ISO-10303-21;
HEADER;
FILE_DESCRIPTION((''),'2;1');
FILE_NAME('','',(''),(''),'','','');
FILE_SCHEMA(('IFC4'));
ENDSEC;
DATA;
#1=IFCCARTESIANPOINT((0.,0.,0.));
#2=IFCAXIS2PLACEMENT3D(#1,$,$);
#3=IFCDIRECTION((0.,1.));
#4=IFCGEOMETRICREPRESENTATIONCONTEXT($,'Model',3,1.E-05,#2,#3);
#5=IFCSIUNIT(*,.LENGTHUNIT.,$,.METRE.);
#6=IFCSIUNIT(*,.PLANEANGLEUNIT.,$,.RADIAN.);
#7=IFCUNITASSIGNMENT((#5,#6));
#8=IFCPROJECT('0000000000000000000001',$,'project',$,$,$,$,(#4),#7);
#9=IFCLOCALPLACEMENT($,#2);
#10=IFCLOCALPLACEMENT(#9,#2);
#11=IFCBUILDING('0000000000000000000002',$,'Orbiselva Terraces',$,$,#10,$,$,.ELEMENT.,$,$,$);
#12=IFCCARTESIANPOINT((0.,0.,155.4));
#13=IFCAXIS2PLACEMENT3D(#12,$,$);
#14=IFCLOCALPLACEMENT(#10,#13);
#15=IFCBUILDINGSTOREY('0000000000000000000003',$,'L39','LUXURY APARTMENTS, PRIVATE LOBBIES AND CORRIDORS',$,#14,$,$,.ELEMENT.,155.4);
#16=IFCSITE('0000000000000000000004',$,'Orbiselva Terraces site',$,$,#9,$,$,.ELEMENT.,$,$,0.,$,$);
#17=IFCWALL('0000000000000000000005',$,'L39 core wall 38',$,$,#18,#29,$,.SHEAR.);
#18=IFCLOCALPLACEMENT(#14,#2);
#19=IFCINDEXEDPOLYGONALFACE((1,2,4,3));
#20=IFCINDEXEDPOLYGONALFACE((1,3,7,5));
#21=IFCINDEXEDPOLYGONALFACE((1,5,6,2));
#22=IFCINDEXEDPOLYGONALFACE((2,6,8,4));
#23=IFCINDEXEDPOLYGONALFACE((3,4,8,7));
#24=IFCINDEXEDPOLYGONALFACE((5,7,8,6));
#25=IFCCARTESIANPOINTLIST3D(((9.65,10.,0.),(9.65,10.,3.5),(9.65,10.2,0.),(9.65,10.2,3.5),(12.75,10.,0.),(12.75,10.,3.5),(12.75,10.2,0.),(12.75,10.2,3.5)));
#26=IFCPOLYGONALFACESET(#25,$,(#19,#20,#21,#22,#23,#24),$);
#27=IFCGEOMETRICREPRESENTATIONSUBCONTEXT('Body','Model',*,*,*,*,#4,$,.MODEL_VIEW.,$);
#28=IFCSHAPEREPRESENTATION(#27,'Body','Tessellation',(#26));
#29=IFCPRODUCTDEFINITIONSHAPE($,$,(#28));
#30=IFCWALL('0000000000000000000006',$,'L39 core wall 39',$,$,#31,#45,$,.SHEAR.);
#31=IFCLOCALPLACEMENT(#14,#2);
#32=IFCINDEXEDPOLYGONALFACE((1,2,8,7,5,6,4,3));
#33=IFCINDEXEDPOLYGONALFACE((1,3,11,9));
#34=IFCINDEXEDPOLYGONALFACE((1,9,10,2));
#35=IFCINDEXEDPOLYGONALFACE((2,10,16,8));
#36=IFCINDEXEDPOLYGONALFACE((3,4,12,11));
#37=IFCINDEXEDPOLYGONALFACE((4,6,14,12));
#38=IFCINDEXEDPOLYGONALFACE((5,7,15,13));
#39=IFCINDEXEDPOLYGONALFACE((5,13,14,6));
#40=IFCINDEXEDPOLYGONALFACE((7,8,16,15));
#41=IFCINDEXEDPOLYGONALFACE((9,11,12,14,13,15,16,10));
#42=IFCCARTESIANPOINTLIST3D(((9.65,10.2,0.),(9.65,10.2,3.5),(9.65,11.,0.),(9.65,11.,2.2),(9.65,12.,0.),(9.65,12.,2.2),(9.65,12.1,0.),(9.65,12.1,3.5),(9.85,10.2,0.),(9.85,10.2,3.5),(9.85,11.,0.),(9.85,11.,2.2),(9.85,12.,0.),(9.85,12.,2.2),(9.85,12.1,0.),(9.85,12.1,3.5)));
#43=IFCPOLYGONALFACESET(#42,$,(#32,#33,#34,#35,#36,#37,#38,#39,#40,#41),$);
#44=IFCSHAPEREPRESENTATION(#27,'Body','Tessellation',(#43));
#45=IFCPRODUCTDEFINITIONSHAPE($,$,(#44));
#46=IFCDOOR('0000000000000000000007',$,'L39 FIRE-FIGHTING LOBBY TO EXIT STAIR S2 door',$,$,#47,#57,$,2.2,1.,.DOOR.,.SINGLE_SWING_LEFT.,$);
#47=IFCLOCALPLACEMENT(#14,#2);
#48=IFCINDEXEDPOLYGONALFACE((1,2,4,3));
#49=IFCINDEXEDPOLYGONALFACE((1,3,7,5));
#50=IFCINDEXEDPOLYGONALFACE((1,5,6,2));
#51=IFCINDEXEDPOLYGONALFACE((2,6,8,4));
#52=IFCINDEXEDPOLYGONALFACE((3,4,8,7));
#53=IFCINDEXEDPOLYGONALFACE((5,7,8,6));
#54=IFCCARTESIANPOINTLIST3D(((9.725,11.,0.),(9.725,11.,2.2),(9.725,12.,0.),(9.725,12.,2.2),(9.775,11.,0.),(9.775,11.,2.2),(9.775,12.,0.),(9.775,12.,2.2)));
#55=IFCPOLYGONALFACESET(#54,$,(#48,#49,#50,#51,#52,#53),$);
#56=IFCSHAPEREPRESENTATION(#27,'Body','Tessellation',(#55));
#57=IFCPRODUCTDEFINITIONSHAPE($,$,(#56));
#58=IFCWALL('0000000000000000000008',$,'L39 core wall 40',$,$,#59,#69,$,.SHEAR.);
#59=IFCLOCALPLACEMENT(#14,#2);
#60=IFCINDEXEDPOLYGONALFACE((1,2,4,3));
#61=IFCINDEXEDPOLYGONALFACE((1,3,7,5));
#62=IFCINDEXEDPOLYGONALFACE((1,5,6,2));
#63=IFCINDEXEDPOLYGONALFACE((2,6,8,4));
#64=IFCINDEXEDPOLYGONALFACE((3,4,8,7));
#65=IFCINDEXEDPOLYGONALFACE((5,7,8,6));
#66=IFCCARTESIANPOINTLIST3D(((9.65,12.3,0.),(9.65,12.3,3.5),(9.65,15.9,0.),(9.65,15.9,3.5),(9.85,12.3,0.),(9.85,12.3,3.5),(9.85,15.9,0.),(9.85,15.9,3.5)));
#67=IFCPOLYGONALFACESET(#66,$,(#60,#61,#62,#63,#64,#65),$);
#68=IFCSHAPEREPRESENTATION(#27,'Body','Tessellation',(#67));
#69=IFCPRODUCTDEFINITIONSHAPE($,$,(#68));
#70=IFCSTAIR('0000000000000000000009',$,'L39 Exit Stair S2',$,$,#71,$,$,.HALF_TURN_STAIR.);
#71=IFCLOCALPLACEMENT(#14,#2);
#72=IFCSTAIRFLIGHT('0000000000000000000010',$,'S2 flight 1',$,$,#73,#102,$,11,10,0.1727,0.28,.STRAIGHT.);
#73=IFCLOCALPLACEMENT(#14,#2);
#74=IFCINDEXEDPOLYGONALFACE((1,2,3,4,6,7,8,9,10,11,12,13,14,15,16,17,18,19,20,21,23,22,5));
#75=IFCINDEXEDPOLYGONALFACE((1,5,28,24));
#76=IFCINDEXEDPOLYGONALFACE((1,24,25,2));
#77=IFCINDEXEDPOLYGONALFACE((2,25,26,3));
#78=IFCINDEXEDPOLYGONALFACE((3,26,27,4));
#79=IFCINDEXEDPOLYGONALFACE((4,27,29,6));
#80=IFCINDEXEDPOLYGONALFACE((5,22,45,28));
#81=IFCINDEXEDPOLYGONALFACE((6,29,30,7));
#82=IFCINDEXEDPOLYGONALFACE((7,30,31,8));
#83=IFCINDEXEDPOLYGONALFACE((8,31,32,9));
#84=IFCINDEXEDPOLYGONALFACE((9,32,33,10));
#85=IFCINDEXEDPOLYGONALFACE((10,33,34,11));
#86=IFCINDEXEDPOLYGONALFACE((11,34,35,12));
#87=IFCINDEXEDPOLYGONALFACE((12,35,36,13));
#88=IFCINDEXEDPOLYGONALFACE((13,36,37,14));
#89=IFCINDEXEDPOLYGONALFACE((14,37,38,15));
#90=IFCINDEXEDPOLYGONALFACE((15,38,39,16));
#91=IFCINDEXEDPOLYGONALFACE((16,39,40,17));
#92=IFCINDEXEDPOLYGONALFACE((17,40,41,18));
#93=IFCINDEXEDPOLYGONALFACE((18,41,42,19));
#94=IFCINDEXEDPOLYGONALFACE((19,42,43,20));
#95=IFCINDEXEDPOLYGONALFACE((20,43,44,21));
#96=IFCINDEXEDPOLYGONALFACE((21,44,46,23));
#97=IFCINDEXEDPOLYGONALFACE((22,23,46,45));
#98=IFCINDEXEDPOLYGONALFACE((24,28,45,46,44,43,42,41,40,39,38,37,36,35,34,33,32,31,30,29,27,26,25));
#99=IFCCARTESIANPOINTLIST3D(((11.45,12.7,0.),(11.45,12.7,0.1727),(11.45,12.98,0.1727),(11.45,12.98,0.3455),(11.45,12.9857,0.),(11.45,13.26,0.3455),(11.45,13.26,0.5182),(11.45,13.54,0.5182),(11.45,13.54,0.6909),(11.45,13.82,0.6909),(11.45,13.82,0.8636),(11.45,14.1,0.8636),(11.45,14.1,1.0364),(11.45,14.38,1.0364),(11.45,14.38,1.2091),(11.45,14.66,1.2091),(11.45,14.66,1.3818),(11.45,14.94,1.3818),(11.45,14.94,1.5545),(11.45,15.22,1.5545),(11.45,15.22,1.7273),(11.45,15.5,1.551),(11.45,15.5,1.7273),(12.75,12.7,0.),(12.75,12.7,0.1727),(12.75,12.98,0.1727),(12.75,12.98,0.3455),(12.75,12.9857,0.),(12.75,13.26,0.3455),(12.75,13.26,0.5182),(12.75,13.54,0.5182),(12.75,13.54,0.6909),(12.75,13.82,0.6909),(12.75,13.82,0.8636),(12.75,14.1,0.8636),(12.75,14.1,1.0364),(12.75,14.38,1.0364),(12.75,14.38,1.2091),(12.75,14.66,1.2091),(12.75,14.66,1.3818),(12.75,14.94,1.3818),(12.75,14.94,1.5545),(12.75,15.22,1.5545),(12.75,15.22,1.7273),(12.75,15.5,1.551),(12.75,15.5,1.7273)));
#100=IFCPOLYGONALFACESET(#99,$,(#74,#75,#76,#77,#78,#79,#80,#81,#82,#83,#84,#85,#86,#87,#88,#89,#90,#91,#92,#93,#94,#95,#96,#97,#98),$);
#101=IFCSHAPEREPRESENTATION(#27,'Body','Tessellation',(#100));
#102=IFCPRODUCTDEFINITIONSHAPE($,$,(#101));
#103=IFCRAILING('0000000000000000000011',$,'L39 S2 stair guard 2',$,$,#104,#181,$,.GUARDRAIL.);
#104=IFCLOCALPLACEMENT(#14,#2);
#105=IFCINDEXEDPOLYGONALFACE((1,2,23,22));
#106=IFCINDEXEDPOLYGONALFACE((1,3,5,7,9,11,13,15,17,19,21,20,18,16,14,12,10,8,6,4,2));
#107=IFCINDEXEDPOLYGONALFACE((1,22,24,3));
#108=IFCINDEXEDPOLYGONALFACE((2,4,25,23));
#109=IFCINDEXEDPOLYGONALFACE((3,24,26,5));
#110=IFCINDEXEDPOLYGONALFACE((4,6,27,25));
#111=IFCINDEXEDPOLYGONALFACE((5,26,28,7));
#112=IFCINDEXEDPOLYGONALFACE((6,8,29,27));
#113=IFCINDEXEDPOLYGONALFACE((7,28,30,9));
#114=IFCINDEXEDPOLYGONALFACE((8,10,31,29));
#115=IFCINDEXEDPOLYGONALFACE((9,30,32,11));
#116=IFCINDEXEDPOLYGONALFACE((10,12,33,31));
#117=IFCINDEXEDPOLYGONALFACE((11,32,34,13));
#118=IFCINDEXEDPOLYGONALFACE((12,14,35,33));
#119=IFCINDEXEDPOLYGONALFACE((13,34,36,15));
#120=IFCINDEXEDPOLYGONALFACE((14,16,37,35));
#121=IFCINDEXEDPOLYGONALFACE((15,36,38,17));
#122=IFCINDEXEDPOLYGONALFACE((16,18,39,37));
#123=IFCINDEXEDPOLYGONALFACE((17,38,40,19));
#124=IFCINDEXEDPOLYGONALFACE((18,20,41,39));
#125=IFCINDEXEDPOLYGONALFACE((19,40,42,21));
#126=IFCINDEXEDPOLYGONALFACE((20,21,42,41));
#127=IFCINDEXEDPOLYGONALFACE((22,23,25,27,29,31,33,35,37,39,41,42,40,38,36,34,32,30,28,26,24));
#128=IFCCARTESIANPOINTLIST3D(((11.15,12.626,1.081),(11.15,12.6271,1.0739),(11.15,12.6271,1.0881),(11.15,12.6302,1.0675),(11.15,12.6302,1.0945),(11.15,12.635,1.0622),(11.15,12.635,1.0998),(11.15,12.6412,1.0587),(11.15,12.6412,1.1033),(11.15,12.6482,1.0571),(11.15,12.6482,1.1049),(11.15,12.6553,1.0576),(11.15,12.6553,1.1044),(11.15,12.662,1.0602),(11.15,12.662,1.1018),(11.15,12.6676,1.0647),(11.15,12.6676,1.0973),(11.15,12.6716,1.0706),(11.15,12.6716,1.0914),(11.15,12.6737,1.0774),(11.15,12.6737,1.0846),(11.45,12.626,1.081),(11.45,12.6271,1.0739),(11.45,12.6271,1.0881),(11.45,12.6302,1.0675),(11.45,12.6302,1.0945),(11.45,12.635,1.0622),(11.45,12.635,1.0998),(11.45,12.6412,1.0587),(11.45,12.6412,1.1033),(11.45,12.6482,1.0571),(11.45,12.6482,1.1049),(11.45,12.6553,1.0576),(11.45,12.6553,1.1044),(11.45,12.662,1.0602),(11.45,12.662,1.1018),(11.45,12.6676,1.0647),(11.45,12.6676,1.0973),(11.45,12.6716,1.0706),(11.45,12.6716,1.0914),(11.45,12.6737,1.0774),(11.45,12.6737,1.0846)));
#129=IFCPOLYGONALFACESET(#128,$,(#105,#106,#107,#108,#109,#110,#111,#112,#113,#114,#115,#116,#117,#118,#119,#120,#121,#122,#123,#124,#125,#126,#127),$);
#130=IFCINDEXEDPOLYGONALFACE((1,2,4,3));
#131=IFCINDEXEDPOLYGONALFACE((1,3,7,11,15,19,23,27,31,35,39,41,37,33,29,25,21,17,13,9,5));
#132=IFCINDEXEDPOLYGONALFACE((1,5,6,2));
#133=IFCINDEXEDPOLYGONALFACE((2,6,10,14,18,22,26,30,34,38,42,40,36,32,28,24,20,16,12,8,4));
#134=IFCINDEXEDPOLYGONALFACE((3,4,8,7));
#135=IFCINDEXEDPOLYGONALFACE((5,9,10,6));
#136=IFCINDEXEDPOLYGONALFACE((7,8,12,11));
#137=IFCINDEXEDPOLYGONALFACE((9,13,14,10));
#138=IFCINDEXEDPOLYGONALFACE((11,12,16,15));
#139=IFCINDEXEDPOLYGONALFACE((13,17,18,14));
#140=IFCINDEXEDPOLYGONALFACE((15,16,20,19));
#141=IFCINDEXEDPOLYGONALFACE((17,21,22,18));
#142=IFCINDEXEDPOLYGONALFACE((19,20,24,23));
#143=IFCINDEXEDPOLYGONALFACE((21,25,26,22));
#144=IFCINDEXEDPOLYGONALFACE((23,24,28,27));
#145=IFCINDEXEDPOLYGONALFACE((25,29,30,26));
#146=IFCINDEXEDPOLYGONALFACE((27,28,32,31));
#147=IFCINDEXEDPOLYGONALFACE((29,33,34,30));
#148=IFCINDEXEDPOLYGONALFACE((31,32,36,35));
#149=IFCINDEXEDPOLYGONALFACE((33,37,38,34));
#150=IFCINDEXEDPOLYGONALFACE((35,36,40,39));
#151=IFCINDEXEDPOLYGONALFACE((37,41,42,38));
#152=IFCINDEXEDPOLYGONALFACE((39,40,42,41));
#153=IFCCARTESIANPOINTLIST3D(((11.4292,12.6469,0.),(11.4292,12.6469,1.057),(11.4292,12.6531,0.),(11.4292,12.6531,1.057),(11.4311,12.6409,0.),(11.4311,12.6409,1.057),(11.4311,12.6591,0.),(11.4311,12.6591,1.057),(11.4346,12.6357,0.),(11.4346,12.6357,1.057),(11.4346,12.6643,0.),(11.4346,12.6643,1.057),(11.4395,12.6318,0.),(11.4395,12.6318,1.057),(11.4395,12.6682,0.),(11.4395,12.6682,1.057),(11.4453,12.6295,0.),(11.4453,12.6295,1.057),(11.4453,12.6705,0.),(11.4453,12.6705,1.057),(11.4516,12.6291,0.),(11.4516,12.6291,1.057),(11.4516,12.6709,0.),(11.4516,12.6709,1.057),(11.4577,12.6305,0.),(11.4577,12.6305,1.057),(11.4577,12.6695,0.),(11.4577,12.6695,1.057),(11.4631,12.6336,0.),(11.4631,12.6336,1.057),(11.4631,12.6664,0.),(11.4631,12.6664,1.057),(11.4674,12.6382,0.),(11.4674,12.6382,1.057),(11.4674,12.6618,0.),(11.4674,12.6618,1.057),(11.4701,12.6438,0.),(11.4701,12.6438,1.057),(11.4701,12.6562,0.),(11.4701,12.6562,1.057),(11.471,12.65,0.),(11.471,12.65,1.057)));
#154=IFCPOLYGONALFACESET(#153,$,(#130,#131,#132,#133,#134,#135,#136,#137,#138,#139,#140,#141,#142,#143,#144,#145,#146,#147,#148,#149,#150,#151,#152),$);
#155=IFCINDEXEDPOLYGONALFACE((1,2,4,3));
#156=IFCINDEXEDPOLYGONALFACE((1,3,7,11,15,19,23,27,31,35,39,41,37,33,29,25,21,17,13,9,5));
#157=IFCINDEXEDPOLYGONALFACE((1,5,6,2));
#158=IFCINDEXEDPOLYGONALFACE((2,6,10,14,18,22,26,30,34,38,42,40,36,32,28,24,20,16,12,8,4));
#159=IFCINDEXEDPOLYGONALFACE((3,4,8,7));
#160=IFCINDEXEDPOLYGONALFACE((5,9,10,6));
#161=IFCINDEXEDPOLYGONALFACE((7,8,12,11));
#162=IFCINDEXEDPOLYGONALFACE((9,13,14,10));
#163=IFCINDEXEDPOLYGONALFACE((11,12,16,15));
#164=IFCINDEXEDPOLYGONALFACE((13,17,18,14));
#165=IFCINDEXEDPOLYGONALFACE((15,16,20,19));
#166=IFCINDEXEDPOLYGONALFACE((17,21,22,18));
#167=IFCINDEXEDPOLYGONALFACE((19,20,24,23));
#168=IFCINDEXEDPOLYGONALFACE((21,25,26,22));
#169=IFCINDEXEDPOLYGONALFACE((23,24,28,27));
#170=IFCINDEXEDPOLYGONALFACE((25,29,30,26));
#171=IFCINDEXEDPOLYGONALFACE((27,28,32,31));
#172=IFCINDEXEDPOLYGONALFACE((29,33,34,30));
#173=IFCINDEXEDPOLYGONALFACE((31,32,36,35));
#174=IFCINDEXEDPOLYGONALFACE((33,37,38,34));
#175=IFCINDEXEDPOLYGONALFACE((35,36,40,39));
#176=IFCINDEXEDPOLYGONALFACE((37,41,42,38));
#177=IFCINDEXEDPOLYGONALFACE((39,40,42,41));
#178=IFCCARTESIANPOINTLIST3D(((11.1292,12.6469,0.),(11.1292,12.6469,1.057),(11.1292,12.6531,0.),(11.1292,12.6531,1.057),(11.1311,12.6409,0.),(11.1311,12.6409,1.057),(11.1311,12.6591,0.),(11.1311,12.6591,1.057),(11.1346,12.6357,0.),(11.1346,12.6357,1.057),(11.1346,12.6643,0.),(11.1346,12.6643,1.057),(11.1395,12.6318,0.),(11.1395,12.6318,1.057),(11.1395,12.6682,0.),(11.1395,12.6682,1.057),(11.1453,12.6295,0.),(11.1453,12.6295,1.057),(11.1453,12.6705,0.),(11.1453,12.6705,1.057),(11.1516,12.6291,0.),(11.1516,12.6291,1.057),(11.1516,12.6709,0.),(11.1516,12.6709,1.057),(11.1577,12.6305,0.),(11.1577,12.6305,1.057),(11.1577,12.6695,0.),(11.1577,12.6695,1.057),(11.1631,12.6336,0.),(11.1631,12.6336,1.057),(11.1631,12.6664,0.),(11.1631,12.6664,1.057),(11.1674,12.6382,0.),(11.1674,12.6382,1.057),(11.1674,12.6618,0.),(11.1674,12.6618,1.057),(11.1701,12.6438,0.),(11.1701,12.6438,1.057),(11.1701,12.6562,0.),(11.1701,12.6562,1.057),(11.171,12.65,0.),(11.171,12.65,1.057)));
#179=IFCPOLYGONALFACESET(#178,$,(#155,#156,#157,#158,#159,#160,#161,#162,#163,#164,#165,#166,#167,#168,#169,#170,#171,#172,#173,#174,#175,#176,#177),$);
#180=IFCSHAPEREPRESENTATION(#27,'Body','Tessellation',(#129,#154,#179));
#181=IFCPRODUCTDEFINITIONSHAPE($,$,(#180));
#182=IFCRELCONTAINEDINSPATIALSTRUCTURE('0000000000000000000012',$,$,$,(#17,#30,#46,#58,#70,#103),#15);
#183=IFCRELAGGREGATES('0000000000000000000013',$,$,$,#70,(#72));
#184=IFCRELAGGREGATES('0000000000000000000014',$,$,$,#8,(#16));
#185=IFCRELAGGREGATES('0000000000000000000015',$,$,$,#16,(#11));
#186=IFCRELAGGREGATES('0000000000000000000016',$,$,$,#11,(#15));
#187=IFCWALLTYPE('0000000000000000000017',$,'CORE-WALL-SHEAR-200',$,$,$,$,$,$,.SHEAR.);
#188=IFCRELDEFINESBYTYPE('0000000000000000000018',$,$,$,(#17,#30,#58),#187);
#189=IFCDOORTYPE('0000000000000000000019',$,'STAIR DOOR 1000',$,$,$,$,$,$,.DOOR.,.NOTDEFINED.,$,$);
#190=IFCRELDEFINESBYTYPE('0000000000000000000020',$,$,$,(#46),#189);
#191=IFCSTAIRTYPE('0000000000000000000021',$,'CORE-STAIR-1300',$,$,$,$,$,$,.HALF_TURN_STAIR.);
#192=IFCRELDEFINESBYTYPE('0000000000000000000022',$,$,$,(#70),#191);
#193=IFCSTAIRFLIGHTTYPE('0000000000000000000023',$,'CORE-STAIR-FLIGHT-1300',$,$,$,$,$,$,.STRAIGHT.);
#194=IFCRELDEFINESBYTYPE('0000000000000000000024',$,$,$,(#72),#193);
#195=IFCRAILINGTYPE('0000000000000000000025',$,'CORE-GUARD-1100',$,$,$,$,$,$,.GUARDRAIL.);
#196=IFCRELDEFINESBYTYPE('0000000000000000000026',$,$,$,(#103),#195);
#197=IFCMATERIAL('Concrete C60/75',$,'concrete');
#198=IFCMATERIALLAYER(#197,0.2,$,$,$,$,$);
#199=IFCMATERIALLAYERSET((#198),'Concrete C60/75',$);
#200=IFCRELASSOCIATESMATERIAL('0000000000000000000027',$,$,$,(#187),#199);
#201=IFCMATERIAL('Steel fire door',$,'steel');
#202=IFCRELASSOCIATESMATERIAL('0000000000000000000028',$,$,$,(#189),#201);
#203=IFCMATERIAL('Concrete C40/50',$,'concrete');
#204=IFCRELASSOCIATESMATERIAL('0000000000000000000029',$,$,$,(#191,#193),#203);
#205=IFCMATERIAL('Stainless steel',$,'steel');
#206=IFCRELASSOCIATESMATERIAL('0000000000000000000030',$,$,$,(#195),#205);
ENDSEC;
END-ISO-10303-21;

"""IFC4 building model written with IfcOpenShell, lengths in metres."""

from ifc_helpers import new_model, si_unit, direction, frame, frame_2d, origin, origin_2d, place, context, subcontext, project, spatial, polyline, rectangle, circle, outline, extrude, material, layer, layer_set, type_object, element, fill, aggregate, save


model = new_model("IFC4")

# Units and contexts
model_context = context("Model", 3, precision=1e-05, world=origin(), true_north=direction((0.0, 1.0)))
body_context = subcontext(model_context, "Body", "Model", "MODEL_VIEW")
ifc_project = project(units=[si_unit("LENGTHUNIT", "METRE"), si_unit("PLANEANGLEUNIT", "RADIAN")], contexts=[model_context])

# Site, building, storey
site_placement = place(None, origin())
site = spatial("IfcSite", under=ifc_project, at=site_placement, Name="Orbiselva Terraces site", CompositionType="ELEMENT", RefElevation=0.0)
building_placement = place(site_placement, origin())
building = spatial("IfcBuilding", under=site, at=building_placement, Name="Orbiselva Terraces", CompositionType="ELEMENT")
storey_placement = place(building_placement, frame((0.0, 0.0, 155.4)))
storey = spatial("IfcBuildingStorey", under=building, at=storey_placement, Name="L39", Description="LUXURY APARTMENTS, PRIVATE LOBBIES AND CORRIDORS", CompositionType="ELEMENT", Elevation=155.4)

# Shared definitions
ifc_material_1 = material(Name="Steel fire door", Category="steel")

# Shared definitions
ifc_material_2 = material(Name="Concrete C60/75", Category="concrete")
ifc_layer_1 = layer(ifc_material_2, 0.2)
ifc_layer_set_1 = layer_set([ifc_layer_1], Name="Concrete C60/75")
wall_type_1 = type_object("IfcWallType", Name="CORE-WALL-SHEAR-200", PredefinedType="SHEAR", material=ifc_layer_set_1)

# Wall
wall_1_placement = place(storey_placement, frame((9.65, 10.1, 0.0), z_axis=(0.0, 0.0, 1.0), x_axis=(1.0, 0.0, 0.0)))
element("IfcWall", 1, at=wall_1_placement, inside=storey, type_object=wall_type_1, Name="L39 core wall 38", PredefinedType="SHEAR", context=body_context, shape_type="SweptSolid", body=[
    extrude(rectangle(XDim=3.1, YDim=0.2, at=frame_2d((1.55, 0.0))), origin(), (0.0, 0.0, 1.0), 3.5),
])

# Wall, opening, door
wall_2_placement = place(storey_placement, frame((9.75, 12.1, 0.0), z_axis=(0.0, 0.0, 1.0), x_axis=(0.0, -1.0, 0.0)))
wall_2 = element("IfcWall", 2, at=wall_2_placement, inside=storey, type_object=wall_type_1, Name="L39 core wall 39", PredefinedType="SHEAR", context=body_context, shape_type="SweptSolid", body=[
    extrude(rectangle(XDim=1.9, YDim=0.2, at=frame_2d((0.95, 0.0))), origin(), (0.0, 0.0, 1.0), 3.5),
])
opening_1_placement = place(wall_2_placement, frame((0.1, 0.0, 0.0)))
opening_1 = element("IfcOpeningElement", 3, at=opening_1_placement, cuts=wall_2, PredefinedType="OPENING", context=body_context, shape_type="SweptSolid", body=[
    extrude(rectangle(XDim=1.0, YDim=2.2, at=frame_2d((0.5, 1.1))), frame((0.0, 0.11, 0.0), z_axis=(0.0, -1.0, 0.0), x_axis=(1.0, 0.0, 0.0)), (0.0, 0.0, 1.0), 0.22),
])
door_type_1 = type_object("IfcDoorType", Name="STAIR DOOR 1000", OperationType="NOTDEFINED", PredefinedType="DOOR", material=ifc_material_1)
door_1_placement = place(opening_1_placement, origin())
door_1 = element("IfcDoor", 4, at=door_1_placement, inside=storey, type_object=door_type_1, Name="L39 FIRE-FIGHTING LOBBY TO EXIT STAIR S2 door", OperationType="SINGLE_SWING_LEFT", OverallHeight=2.2, OverallWidth=1.0, PredefinedType="DOOR", context=body_context, shape_type="SweptSolid", body=[
    extrude(rectangle(XDim=1.0, YDim=2.2, at=frame_2d((0.5, 1.1))), frame((0.0, 0.025, 0.0), z_axis=(0.0, -1.0, 0.0), x_axis=(1.0, 0.0, 0.0)), (0.0, 0.0, 1.0), 0.05),
])
fill(opening_1, door_1)

# Wall
wall_3_placement = place(storey_placement, frame((9.75, 12.3, 0.0), z_axis=(0.0, 0.0, 1.0), x_axis=(0.0, 1.0, 0.0)))
element("IfcWall", 5, at=wall_3_placement, inside=storey, type_object=wall_type_1, Name="L39 core wall 40", PredefinedType="SHEAR", context=body_context, shape_type="SweptSolid", body=[
    extrude(rectangle(XDim=3.6, YDim=0.2, at=frame_2d((1.8, 0.0))), origin(), (0.0, 0.0, 1.0), 3.5),
])

# Stair, stair flight
ifc_material_3 = material(Name="Concrete C40/50", Category="concrete")
stair_type = type_object("IfcStairType", Name="CORE-STAIR-1300", PredefinedType="HALF_TURN_STAIR", material=ifc_material_3)
stair_placement = place(storey_placement, origin())
stair = element("IfcStair", 6, at=stair_placement, inside=storey, type_object=stair_type, Name="L39 Exit Stair S2", PredefinedType="HALF_TURN_STAIR")
stair_flight_type = type_object("IfcStairFlightType", Name="CORE-STAIR-FLIGHT-1300", PredefinedType="STRAIGHT", material=ifc_material_3)
stair_flight_placement = place(storey_placement, frame((12.1, 12.7, 0.0), z_axis=(0.0, 0.0, 1.0), x_axis=(0.0, 1.0, 0.0)))
stair_flight = element("IfcStairFlight", 7, at=stair_flight_placement, type_object=stair_flight_type, Name="S2 flight 1", NumberOfRisers=11, NumberOfTreads=10, PredefinedType="STRAIGHT", RiserHeight=0.1727, TreadLength=0.28, context=body_context, shape_type="SweptSolid", body=[
    extrude(outline(polyline([(0.0, 0.0), (0.0, 0.1727), (0.28, 0.1727), (0.28, 0.3455), (0.56, 0.3455), (0.56, 0.5182), (0.84, 0.5182), (0.84, 0.6909), (1.12, 0.6909), (1.12, 0.8636), (1.4, 0.8636), (1.4, 1.0364), (1.68, 1.0364), (1.68, 1.2091), (1.96, 1.2091), (1.96, 1.3818), (2.24, 1.3818), (2.24, 1.5545), (2.52, 1.5545), (2.52, 1.7273), (2.8, 1.7273), (2.8, 1.9), (2.8, 1.551), (0.2857, 0.0), (0.0, 0.0)])), frame((0.0, 0.65, 0.0), z_axis=(0.0, -1.0, 0.0), x_axis=(1.0, 0.0, 0.0)), (0.0, 0.0, 1.0), 1.3),
])
aggregate(stair, [stair_flight])

# Railing
ifc_material_4 = material(Name="Stainless steel", Category="steel")
railing_type = type_object("IfcRailingType", Name="CORE-GUARD-1100", PredefinedType="GUARDRAIL", material=ifc_material_4)
railing_1_placement = place(storey_placement, frame((11.45, 12.65, 0.0)))
element("IfcRailing", 8, at=railing_1_placement, inside=storey, type_object=railing_type, Name="L39 S2 stair guard 2", PredefinedType="GUARDRAIL", context=body_context, shape_type="SweptSolid", body=[
    extrude(circle(Radius=0.024, at=origin_2d()), frame((0.0, 0.0, 1.081), z_axis=(-1.0, 0.0, 0.0), x_axis=(0.0, -1.0, 0.0)), (0.0, 0.0, 1.0), 0.3),
    extrude(circle(Radius=0.021, at=origin_2d()), origin(), (0.0, 0.0, 1.0), 1.057),
    extrude(circle(Radius=0.021, at=origin_2d()), frame((-0.3, 0.0, 0.0)), (0.0, 0.0, 1.0), 1.057),
])

save(model, "model.ifc")
